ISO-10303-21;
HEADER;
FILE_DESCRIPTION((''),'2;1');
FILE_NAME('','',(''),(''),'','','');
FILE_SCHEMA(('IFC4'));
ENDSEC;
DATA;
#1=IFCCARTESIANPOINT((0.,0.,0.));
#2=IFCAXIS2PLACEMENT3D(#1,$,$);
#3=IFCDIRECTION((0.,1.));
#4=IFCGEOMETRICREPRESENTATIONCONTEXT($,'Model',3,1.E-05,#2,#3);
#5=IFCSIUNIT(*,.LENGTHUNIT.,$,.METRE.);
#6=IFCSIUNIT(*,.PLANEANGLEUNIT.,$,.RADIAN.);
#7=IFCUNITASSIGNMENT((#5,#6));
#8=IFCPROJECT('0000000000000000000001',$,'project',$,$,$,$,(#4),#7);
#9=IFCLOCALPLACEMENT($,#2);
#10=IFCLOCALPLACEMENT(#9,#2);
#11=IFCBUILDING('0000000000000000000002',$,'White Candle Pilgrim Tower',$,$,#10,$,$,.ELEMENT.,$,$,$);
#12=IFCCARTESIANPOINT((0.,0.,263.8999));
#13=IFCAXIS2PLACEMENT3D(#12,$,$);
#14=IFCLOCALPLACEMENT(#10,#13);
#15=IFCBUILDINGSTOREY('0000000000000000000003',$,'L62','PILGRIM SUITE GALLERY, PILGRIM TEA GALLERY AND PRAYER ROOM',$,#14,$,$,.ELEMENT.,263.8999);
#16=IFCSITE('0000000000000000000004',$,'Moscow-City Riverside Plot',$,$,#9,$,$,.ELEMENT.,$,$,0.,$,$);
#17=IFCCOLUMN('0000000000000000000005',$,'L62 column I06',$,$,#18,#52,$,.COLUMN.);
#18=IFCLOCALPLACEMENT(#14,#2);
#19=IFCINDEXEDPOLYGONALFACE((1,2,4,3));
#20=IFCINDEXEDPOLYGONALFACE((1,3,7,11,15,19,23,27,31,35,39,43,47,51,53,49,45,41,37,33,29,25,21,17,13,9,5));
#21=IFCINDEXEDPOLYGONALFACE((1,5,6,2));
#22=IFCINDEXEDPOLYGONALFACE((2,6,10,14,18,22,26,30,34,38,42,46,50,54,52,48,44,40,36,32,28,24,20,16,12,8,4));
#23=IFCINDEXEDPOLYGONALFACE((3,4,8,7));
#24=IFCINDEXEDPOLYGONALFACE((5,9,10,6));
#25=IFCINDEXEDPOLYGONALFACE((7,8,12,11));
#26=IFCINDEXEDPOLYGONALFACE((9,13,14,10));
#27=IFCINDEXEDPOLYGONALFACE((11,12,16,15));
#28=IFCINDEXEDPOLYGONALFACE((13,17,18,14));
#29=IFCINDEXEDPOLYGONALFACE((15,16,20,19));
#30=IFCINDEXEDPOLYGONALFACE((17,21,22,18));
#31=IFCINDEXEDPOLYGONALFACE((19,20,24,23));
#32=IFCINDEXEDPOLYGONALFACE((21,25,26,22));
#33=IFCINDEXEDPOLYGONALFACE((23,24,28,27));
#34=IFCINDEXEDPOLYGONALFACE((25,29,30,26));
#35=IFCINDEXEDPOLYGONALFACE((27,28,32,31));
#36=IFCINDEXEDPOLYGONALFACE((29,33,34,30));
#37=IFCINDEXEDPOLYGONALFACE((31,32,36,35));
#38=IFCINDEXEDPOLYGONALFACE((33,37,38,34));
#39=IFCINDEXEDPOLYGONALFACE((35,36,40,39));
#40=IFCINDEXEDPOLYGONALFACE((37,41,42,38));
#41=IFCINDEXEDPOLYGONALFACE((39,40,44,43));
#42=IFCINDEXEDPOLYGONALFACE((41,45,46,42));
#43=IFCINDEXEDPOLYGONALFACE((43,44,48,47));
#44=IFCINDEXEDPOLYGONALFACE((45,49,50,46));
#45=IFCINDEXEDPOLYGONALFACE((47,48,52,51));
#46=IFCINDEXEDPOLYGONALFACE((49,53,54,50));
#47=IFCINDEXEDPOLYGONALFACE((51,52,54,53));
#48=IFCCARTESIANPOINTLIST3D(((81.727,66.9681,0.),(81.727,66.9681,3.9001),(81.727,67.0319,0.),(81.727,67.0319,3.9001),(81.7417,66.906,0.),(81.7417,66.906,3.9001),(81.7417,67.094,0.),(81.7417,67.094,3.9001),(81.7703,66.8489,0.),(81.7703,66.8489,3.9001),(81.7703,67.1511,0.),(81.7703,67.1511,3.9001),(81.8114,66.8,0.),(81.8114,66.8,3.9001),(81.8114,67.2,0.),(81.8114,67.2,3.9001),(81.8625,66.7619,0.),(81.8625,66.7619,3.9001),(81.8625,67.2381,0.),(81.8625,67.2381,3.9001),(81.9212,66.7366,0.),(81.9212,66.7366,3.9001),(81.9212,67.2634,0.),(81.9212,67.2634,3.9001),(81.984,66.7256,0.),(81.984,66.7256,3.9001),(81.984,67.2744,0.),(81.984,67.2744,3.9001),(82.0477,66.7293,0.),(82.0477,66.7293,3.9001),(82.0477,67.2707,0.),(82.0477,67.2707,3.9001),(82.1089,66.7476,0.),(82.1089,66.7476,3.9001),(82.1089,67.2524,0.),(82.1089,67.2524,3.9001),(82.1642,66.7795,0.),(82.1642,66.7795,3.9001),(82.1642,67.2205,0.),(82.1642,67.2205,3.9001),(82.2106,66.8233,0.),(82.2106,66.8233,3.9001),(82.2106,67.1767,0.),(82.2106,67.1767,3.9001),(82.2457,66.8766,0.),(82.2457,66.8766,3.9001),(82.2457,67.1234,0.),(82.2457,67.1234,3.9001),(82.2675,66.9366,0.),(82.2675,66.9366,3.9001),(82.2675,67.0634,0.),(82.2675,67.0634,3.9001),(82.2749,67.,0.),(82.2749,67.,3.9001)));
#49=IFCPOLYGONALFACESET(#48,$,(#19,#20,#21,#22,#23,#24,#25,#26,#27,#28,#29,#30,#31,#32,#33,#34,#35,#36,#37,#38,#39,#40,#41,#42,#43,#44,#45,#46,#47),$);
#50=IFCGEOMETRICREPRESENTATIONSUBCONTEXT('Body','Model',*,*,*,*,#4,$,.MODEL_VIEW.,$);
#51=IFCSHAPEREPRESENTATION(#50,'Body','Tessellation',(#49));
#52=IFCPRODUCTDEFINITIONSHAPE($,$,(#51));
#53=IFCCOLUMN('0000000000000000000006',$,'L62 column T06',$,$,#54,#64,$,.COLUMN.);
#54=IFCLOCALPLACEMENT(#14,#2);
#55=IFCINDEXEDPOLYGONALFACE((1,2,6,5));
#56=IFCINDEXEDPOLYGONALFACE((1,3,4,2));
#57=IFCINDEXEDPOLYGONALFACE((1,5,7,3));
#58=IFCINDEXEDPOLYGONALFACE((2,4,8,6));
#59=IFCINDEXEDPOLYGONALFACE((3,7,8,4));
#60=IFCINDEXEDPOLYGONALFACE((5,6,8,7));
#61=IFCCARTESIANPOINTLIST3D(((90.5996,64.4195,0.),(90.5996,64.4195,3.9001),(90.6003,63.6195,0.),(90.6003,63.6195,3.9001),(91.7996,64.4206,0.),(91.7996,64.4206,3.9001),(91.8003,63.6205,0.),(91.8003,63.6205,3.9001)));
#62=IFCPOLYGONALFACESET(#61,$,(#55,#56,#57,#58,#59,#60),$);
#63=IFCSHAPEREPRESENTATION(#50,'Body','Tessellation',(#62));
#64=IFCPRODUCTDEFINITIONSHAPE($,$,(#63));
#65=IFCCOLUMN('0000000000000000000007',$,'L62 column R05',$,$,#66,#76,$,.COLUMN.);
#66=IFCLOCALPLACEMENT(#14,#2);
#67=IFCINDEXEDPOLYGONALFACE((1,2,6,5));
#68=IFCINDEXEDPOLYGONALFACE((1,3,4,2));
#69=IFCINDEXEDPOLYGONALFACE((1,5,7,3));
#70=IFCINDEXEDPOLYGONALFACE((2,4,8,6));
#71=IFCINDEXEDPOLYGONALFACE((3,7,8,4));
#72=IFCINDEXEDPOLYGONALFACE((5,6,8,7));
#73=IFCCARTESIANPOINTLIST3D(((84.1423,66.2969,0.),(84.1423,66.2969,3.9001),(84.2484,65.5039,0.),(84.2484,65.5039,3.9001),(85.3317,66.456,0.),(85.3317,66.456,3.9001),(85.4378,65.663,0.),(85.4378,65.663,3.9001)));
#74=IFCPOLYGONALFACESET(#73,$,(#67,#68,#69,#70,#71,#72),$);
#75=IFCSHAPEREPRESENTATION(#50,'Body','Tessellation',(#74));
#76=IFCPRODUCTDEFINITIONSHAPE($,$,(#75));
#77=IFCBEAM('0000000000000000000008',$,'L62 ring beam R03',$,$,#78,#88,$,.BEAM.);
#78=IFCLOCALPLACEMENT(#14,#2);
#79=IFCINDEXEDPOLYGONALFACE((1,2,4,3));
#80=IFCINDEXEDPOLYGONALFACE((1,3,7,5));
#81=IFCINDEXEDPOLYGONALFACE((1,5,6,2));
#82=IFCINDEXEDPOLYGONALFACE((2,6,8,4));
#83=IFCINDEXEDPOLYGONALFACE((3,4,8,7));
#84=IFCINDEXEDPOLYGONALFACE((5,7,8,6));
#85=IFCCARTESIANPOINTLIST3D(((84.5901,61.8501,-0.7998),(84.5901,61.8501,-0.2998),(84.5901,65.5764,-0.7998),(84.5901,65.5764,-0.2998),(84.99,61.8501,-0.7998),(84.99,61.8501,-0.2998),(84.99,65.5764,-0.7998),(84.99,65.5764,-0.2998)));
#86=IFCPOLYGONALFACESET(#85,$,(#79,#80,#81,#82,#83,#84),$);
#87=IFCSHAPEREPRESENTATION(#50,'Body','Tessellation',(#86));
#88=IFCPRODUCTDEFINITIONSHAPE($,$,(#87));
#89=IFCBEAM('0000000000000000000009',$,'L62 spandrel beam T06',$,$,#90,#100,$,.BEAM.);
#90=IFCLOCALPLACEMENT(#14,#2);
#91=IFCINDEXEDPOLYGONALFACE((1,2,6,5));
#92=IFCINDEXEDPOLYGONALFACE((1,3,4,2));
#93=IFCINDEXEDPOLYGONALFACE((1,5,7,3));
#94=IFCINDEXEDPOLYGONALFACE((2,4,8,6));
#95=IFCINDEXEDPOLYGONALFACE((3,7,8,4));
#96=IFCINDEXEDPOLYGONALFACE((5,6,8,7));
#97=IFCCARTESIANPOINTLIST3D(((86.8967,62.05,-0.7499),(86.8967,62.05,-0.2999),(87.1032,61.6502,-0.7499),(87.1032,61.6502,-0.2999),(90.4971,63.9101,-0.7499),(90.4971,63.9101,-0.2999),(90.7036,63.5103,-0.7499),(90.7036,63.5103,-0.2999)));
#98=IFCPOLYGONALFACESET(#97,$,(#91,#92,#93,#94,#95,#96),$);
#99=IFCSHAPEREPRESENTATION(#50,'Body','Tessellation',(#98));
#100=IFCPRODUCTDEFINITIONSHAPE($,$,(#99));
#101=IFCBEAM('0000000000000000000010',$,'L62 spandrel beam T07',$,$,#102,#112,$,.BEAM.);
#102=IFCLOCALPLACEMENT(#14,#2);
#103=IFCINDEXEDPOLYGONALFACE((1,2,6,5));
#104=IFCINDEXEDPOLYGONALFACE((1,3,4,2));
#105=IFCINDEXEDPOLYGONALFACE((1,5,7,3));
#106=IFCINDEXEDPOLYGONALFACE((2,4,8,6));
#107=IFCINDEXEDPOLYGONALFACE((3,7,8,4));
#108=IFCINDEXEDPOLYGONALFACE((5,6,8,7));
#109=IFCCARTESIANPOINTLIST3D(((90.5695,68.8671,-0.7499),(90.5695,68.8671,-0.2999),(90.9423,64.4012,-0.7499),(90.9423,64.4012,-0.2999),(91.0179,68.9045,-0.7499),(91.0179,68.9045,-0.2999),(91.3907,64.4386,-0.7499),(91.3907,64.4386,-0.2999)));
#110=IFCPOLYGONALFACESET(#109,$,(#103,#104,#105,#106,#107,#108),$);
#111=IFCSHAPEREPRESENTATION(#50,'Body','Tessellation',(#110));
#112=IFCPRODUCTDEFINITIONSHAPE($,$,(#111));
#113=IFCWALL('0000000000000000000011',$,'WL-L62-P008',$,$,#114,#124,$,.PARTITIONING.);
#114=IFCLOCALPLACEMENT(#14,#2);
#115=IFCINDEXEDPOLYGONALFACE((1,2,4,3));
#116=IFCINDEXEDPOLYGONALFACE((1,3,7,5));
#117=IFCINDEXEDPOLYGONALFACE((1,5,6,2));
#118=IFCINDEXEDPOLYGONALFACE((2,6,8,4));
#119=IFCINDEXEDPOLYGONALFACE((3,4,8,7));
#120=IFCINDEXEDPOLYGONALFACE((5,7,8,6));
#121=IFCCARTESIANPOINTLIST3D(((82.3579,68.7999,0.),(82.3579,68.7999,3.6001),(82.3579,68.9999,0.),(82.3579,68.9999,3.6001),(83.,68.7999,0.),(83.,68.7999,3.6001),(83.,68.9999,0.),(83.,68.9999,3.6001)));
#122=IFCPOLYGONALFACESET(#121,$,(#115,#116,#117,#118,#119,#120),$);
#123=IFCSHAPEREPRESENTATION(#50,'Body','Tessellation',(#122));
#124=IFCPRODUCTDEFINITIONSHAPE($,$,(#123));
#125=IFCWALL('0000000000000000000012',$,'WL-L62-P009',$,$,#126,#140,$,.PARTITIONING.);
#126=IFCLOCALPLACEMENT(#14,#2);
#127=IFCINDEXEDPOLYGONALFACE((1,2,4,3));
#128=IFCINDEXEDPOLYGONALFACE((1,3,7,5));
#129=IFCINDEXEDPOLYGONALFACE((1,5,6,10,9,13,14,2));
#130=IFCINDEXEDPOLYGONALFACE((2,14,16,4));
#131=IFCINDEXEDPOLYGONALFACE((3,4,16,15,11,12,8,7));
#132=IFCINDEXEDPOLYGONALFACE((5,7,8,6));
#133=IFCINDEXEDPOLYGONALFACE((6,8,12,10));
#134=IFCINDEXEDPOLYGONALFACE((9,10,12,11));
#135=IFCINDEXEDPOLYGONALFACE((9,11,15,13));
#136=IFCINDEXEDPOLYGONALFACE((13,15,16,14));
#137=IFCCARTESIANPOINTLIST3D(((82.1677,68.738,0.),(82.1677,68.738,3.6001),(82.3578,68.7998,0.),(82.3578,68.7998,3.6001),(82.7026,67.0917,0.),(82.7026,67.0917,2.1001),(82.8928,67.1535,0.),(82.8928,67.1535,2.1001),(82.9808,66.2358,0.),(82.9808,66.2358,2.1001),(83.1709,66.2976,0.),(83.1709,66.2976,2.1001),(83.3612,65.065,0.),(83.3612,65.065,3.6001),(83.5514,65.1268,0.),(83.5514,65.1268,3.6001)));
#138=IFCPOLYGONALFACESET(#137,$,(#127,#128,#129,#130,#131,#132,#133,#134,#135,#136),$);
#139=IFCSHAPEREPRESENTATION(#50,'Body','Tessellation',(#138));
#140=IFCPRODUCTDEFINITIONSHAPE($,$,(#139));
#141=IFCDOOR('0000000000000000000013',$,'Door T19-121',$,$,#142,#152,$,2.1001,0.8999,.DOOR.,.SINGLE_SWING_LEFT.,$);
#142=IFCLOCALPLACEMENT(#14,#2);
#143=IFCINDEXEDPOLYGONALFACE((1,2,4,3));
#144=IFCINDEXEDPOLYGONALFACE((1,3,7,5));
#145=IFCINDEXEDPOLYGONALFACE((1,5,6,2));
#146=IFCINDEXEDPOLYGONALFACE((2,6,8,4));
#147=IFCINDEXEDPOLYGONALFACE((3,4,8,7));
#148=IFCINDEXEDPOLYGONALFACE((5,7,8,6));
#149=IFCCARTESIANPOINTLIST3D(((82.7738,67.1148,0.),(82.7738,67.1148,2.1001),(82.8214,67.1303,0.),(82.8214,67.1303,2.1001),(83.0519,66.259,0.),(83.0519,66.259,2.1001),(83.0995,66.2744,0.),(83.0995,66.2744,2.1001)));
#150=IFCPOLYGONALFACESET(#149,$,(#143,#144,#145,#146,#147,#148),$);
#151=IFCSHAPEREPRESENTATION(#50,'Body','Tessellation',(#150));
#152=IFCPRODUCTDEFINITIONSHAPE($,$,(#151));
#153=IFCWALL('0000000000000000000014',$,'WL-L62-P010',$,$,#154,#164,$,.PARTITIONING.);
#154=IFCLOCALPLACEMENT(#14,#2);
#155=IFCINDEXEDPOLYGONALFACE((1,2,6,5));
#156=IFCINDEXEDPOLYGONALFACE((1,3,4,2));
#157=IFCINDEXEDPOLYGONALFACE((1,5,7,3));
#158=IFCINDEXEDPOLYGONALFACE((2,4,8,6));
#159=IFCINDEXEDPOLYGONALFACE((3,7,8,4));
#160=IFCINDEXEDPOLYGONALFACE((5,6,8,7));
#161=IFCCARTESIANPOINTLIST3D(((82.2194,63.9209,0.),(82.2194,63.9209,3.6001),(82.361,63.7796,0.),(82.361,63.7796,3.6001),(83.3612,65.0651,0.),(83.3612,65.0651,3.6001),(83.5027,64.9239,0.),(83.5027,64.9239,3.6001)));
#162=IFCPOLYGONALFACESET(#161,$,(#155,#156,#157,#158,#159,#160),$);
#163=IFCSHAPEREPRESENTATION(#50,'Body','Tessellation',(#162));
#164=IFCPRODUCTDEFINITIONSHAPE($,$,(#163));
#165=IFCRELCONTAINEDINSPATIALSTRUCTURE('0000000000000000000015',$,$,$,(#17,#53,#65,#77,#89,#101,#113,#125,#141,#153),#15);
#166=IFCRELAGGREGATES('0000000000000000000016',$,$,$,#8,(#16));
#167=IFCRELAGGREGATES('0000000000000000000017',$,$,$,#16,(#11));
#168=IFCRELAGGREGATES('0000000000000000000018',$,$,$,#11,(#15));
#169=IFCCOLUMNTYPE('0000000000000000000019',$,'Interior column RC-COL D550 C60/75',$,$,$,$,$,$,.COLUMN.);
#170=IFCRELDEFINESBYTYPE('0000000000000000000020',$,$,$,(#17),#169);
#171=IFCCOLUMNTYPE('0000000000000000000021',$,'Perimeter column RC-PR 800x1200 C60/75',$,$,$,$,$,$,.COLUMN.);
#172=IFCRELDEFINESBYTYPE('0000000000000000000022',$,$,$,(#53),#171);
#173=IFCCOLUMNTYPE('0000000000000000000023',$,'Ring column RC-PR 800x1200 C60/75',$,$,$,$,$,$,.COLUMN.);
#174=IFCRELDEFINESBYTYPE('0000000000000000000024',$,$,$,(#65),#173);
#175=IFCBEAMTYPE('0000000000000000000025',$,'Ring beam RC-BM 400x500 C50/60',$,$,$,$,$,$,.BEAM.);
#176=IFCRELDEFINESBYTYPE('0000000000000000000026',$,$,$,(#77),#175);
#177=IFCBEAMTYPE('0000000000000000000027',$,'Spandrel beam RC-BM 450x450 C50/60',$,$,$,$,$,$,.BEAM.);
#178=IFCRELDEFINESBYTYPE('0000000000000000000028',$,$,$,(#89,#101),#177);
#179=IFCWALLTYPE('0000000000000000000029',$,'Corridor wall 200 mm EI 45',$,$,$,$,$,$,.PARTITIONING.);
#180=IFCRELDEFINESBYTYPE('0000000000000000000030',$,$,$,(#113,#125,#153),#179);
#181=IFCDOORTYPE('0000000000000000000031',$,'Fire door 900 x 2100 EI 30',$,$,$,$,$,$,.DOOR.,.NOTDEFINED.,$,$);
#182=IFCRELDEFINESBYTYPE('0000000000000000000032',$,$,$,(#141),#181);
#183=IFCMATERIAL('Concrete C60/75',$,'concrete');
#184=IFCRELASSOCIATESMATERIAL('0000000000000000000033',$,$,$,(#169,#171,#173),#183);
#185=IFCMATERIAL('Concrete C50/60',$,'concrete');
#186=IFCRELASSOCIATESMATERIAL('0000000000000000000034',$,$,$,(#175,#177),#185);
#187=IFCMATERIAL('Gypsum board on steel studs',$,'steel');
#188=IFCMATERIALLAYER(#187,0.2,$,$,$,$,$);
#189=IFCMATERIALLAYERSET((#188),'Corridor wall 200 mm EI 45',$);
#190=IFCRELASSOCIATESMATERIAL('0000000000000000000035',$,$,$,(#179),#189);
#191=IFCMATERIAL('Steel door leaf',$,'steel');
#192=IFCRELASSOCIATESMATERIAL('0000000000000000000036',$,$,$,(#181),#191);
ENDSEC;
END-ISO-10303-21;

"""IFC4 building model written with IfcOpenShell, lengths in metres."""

from ifc_helpers import new_model, si_unit, direction, frame, frame_2d, origin, origin_2d, place, context, subcontext, project, spatial, rectangle, circle, extrude, material, layer, layer_set, material_profile, profile_set, type_object, element, fill, save


model = new_model("IFC4")

# Units and contexts
model_context = context("Model", 3, precision=1e-05, world=origin(), true_north=direction((0.0, 1.0)))
body_context = subcontext(model_context, "Body", "Model", "MODEL_VIEW")
ifc_project = project(units=[si_unit("LENGTHUNIT", "METRE"), si_unit("PLANEANGLEUNIT", "RADIAN")], contexts=[model_context])

# Site, building, storey
site_placement = place(None, origin())
site = spatial("IfcSite", under=ifc_project, at=site_placement, Name="Moscow-City Riverside Plot", CompositionType="ELEMENT", RefElevation=0.0)
building_placement = place(site_placement, origin())
building = spatial("IfcBuilding", under=site, at=building_placement, Name="White Candle Pilgrim Tower", CompositionType="ELEMENT")
storey_placement = place(building_placement, frame((0.0, 0.0, 263.8999)))
storey = spatial("IfcBuildingStorey", under=building, at=storey_placement, Name="L62", Description="PILGRIM SUITE GALLERY, PILGRIM TEA GALLERY AND PRAYER ROOM", CompositionType="ELEMENT", Elevation=263.8999)

# Columns
ifc_material_1 = material(Name="Concrete C60/75", Category="concrete")
ifc_material_profile_1 = material_profile(ifc_material_1, circle(Radius=0.2749, at=origin_2d()), Name="RC-COL D550")
ifc_profile_set_1 = profile_set([ifc_material_profile_1], Name="Concrete C60/75")
column_type_1 = type_object("IfcColumnType", Name="Interior column RC-COL D550 C60/75", PredefinedType="COLUMN", material=ifc_profile_set_1)
column_1_placement = place(storey_placement, frame((82.0, 67.0, 0.0), z_axis=(0.0, 0.0, 1.0), x_axis=(1.0, 0.0, 0.0)))
element("IfcColumn", 1, at=column_1_placement, inside=storey, type_object=column_type_1, Name="L62 column I06", PredefinedType="COLUMN", context=body_context, shape_type="SweptSolid", body=[
    extrude(circle(Radius=0.2749, at=origin_2d()), origin(), (0.0, 0.0, 1.0), 3.9001),
])
ifc_material_profile_2 = material_profile(ifc_material_1, rectangle(XDim=0.8, YDim=1.2, at=origin_2d()), Name="RC-PR 800x1200")
ifc_profile_set_2 = profile_set([ifc_material_profile_2], Name="Concrete C60/75")
column_type_2 = type_object("IfcColumnType", Name="Perimeter column RC-PR 800x1200 C60/75", PredefinedType="COLUMN", material=ifc_profile_set_2)
column_2_placement = place(storey_placement, frame((91.2, 64.02, 0.0), z_axis=(0.0, 0.0, 1.0), x_axis=(0.000855, -1.0, 0.0)))
element("IfcColumn", 2, at=column_2_placement, inside=storey, type_object=column_type_2, Name="L62 column T06", PredefinedType="COLUMN", context=body_context, shape_type="SweptSolid", body=[
    extrude(rectangle(XDim=0.8, YDim=1.2, at=origin_2d()), origin(), (0.0, 0.0, 1.0), 3.9001),
])
ifc_material_profile_3 = material_profile(ifc_material_1, rectangle(XDim=0.8, YDim=1.2, at=origin_2d()), Name="RC-PR 800x1200")
ifc_profile_set_3 = profile_set([ifc_material_profile_3], Name="Concrete C60/75")
column_type_3 = type_object("IfcColumnType", Name="Ring column RC-PR 800x1200 C60/75", PredefinedType="COLUMN", material=ifc_profile_set_3)
column_3_placement = place(storey_placement, frame((84.79, 65.98, 0.0), z_axis=(0.0, 0.0, 1.0), x_axis=(0.132602, -0.991169, 0.0)))
element("IfcColumn", 3, at=column_3_placement, inside=storey, type_object=column_type_3, Name="L62 column R05", PredefinedType="COLUMN", context=body_context, shape_type="SweptSolid", body=[
    extrude(rectangle(XDim=0.8, YDim=1.2, at=origin_2d()), origin(), (0.0, 0.0, 1.0), 3.9001),
])

# Beams
ifc_material_2 = material(Name="Concrete C50/60", Category="concrete")
ifc_material_profile_4 = material_profile(ifc_material_2, rectangle(XDim=0.3999, YDim=0.5, at=origin_2d()), Name="RC-BM 400x500")
ifc_profile_set_4 = profile_set([ifc_material_profile_4], Name="Concrete C50/60")
beam_type_1 = type_object("IfcBeamType", Name="Ring beam RC-BM 400x500 C50/60", PredefinedType="BEAM", material=ifc_profile_set_4)
beam_1_placement = place(storey_placement, frame((84.79, 65.5764, -0.5498), z_axis=(0.0, -1.0, 0.0), x_axis=(1.0, 0.0, 0.0)))
element("IfcBeam", 4, at=beam_1_placement, inside=storey, type_object=beam_type_1, Name="L62 ring beam R03", PredefinedType="BEAM", context=body_context, shape_type="SweptSolid", body=[
    extrude(rectangle(XDim=0.3999, YDim=0.5, at=origin_2d()), origin(), (0.0, 0.0, 1.0), 3.7263),
])
ifc_material_profile_5 = material_profile(ifc_material_2, rectangle(XDim=0.45, YDim=0.45, at=origin_2d()), Name="RC-BM 450x450")
ifc_profile_set_5 = profile_set([ifc_material_profile_5], Name="Concrete C50/60")
beam_type_2 = type_object("IfcBeamType", Name="Spandrel beam RC-BM 450x450 C50/60", PredefinedType="BEAM", material=ifc_profile_set_5)
beam_2_placement = place(storey_placement, frame((90.6003, 63.7102, -0.5249), z_axis=(-0.888433, -0.459007, 0.0), x_axis=(0.459007, -0.888433, 0.0)))
element("IfcBeam", 5, at=beam_2_placement, inside=storey, type_object=beam_type_2, Name="L62 spandrel beam T06", PredefinedType="BEAM", context=body_context, shape_type="SweptSolid", body=[
    extrude(rectangle(XDim=0.45, YDim=0.45, at=origin_2d()), origin(), (0.0, 0.0, 1.0), 4.0525),
])
beam_3_placement = place(storey_placement, frame((91.1665, 64.4199, -0.5249), z_axis=(-0.08319, 0.996534, 0.0), x_axis=(-0.996534, -0.08319, 0.0)))
element("IfcBeam", 6, at=beam_3_placement, inside=storey, type_object=beam_type_2, Name="L62 spandrel beam T07", PredefinedType="BEAM", context=body_context, shape_type="SweptSolid", body=[
    extrude(rectangle(XDim=0.45, YDim=0.45, at=origin_2d()), origin(), (0.0, 0.0, 1.0), 4.4814),
])

# Wall
ifc_material_3 = material(Name="Gypsum board on steel studs", Category="steel")
ifc_layer_1 = layer(ifc_material_3, 0.2)
ifc_layer_set_1 = layer_set([ifc_layer_1], Name="Corridor wall 200 mm EI 45")
wall_type_1 = type_object("IfcWallType", Name="Corridor wall 200 mm EI 45", PredefinedType="PARTITIONING", material=ifc_layer_set_1)
wall_1_placement = place(storey_placement, frame((83.0, 68.8999, 0.0), z_axis=(0.0, 0.0, 1.0), x_axis=(-1.0, 0.0, 0.0)))
element("IfcWall", 7, at=wall_1_placement, inside=storey, type_object=wall_type_1, Name="WL-L62-P008", PredefinedType="PARTITIONING", context=body_context, shape_type="SweptSolid", body=[
    extrude(rectangle(XDim=0.6421, YDim=0.2, at=frame_2d((0.321, 0.0))), origin(), (0.0, 0.0, 1.0), 3.6001),
])

# Wall, opening, door
wall_2_placement = place(storey_placement, frame((82.2627, 68.769, 0.0), z_axis=(0.0, 0.0, 1.0), x_axis=(0.30905, -0.951046, 0.0)))
wall_2 = element("IfcWall", 8, at=wall_2_placement, inside=storey, type_object=wall_type_1, Name="WL-L62-P009", PredefinedType="PARTITIONING", context=body_context, shape_type="SweptSolid", body=[
    extrude(rectangle(XDim=3.8621, YDim=0.2, at=frame_2d((1.9312, 0.0))), origin(), (0.0, 0.0, 1.0), 3.6001),
])
opening_1_placement = place(wall_2_placement, frame((1.7312, 0.0, 0.0)))
opening_1 = element("IfcOpeningElement", 9, at=opening_1_placement, cuts=wall_2, PredefinedType="OPENING", context=body_context, shape_type="SweptSolid", body=[
    extrude(rectangle(XDim=0.8999, YDim=2.1001, at=frame_2d((0.45, 1.05))), frame((0.0, 0.1099, 0.0), z_axis=(0.0, -1.0, 0.0), x_axis=(1.0, 0.0, 0.0)), (0.0, 0.0, 1.0), 0.22),
])
ifc_material_4 = material(Name="Steel door leaf", Category="steel")
door_type = type_object("IfcDoorType", Name="Fire door 900 x 2100 EI 30", OperationType="NOTDEFINED", PredefinedType="DOOR", material=ifc_material_4)
door_1_placement = place(opening_1_placement, origin())
door_1 = element("IfcDoor", 10, at=door_1_placement, inside=storey, type_object=door_type, Name="Door T19-121", OperationType="SINGLE_SWING_LEFT", OverallHeight=2.1001, OverallWidth=0.8999, PredefinedType="DOOR", context=body_context, shape_type="SweptSolid", body=[
    extrude(rectangle(XDim=0.8999, YDim=2.1001, at=frame_2d((0.45, 1.05))), frame((0.0, 0.0249, 0.0), z_axis=(0.0, -1.0, 0.0), x_axis=(1.0, 0.0, 0.0)), (0.0, 0.0, 1.0), 0.05),
])
fill(opening_1, door_1)

# Wall
wall_3_placement = place(storey_placement, frame((83.4319, 64.9944, 0.0), z_axis=(0.0, 0.0, 1.0), x_axis=(-0.706351, -0.707862, 0.0)))
element("IfcWall", 11, at=wall_3_placement, inside=storey, type_object=wall_type_1, Name="WL-L62-P010", PredefinedType="PARTITIONING", context=body_context, shape_type="SweptSolid", body=[
    extrude(rectangle(XDim=1.6165, YDim=0.2, at=frame_2d((0.8081, 0.0))), origin(), (0.0, 0.0, 1.0), 3.6001),
])

save(model, "model.ifc")
